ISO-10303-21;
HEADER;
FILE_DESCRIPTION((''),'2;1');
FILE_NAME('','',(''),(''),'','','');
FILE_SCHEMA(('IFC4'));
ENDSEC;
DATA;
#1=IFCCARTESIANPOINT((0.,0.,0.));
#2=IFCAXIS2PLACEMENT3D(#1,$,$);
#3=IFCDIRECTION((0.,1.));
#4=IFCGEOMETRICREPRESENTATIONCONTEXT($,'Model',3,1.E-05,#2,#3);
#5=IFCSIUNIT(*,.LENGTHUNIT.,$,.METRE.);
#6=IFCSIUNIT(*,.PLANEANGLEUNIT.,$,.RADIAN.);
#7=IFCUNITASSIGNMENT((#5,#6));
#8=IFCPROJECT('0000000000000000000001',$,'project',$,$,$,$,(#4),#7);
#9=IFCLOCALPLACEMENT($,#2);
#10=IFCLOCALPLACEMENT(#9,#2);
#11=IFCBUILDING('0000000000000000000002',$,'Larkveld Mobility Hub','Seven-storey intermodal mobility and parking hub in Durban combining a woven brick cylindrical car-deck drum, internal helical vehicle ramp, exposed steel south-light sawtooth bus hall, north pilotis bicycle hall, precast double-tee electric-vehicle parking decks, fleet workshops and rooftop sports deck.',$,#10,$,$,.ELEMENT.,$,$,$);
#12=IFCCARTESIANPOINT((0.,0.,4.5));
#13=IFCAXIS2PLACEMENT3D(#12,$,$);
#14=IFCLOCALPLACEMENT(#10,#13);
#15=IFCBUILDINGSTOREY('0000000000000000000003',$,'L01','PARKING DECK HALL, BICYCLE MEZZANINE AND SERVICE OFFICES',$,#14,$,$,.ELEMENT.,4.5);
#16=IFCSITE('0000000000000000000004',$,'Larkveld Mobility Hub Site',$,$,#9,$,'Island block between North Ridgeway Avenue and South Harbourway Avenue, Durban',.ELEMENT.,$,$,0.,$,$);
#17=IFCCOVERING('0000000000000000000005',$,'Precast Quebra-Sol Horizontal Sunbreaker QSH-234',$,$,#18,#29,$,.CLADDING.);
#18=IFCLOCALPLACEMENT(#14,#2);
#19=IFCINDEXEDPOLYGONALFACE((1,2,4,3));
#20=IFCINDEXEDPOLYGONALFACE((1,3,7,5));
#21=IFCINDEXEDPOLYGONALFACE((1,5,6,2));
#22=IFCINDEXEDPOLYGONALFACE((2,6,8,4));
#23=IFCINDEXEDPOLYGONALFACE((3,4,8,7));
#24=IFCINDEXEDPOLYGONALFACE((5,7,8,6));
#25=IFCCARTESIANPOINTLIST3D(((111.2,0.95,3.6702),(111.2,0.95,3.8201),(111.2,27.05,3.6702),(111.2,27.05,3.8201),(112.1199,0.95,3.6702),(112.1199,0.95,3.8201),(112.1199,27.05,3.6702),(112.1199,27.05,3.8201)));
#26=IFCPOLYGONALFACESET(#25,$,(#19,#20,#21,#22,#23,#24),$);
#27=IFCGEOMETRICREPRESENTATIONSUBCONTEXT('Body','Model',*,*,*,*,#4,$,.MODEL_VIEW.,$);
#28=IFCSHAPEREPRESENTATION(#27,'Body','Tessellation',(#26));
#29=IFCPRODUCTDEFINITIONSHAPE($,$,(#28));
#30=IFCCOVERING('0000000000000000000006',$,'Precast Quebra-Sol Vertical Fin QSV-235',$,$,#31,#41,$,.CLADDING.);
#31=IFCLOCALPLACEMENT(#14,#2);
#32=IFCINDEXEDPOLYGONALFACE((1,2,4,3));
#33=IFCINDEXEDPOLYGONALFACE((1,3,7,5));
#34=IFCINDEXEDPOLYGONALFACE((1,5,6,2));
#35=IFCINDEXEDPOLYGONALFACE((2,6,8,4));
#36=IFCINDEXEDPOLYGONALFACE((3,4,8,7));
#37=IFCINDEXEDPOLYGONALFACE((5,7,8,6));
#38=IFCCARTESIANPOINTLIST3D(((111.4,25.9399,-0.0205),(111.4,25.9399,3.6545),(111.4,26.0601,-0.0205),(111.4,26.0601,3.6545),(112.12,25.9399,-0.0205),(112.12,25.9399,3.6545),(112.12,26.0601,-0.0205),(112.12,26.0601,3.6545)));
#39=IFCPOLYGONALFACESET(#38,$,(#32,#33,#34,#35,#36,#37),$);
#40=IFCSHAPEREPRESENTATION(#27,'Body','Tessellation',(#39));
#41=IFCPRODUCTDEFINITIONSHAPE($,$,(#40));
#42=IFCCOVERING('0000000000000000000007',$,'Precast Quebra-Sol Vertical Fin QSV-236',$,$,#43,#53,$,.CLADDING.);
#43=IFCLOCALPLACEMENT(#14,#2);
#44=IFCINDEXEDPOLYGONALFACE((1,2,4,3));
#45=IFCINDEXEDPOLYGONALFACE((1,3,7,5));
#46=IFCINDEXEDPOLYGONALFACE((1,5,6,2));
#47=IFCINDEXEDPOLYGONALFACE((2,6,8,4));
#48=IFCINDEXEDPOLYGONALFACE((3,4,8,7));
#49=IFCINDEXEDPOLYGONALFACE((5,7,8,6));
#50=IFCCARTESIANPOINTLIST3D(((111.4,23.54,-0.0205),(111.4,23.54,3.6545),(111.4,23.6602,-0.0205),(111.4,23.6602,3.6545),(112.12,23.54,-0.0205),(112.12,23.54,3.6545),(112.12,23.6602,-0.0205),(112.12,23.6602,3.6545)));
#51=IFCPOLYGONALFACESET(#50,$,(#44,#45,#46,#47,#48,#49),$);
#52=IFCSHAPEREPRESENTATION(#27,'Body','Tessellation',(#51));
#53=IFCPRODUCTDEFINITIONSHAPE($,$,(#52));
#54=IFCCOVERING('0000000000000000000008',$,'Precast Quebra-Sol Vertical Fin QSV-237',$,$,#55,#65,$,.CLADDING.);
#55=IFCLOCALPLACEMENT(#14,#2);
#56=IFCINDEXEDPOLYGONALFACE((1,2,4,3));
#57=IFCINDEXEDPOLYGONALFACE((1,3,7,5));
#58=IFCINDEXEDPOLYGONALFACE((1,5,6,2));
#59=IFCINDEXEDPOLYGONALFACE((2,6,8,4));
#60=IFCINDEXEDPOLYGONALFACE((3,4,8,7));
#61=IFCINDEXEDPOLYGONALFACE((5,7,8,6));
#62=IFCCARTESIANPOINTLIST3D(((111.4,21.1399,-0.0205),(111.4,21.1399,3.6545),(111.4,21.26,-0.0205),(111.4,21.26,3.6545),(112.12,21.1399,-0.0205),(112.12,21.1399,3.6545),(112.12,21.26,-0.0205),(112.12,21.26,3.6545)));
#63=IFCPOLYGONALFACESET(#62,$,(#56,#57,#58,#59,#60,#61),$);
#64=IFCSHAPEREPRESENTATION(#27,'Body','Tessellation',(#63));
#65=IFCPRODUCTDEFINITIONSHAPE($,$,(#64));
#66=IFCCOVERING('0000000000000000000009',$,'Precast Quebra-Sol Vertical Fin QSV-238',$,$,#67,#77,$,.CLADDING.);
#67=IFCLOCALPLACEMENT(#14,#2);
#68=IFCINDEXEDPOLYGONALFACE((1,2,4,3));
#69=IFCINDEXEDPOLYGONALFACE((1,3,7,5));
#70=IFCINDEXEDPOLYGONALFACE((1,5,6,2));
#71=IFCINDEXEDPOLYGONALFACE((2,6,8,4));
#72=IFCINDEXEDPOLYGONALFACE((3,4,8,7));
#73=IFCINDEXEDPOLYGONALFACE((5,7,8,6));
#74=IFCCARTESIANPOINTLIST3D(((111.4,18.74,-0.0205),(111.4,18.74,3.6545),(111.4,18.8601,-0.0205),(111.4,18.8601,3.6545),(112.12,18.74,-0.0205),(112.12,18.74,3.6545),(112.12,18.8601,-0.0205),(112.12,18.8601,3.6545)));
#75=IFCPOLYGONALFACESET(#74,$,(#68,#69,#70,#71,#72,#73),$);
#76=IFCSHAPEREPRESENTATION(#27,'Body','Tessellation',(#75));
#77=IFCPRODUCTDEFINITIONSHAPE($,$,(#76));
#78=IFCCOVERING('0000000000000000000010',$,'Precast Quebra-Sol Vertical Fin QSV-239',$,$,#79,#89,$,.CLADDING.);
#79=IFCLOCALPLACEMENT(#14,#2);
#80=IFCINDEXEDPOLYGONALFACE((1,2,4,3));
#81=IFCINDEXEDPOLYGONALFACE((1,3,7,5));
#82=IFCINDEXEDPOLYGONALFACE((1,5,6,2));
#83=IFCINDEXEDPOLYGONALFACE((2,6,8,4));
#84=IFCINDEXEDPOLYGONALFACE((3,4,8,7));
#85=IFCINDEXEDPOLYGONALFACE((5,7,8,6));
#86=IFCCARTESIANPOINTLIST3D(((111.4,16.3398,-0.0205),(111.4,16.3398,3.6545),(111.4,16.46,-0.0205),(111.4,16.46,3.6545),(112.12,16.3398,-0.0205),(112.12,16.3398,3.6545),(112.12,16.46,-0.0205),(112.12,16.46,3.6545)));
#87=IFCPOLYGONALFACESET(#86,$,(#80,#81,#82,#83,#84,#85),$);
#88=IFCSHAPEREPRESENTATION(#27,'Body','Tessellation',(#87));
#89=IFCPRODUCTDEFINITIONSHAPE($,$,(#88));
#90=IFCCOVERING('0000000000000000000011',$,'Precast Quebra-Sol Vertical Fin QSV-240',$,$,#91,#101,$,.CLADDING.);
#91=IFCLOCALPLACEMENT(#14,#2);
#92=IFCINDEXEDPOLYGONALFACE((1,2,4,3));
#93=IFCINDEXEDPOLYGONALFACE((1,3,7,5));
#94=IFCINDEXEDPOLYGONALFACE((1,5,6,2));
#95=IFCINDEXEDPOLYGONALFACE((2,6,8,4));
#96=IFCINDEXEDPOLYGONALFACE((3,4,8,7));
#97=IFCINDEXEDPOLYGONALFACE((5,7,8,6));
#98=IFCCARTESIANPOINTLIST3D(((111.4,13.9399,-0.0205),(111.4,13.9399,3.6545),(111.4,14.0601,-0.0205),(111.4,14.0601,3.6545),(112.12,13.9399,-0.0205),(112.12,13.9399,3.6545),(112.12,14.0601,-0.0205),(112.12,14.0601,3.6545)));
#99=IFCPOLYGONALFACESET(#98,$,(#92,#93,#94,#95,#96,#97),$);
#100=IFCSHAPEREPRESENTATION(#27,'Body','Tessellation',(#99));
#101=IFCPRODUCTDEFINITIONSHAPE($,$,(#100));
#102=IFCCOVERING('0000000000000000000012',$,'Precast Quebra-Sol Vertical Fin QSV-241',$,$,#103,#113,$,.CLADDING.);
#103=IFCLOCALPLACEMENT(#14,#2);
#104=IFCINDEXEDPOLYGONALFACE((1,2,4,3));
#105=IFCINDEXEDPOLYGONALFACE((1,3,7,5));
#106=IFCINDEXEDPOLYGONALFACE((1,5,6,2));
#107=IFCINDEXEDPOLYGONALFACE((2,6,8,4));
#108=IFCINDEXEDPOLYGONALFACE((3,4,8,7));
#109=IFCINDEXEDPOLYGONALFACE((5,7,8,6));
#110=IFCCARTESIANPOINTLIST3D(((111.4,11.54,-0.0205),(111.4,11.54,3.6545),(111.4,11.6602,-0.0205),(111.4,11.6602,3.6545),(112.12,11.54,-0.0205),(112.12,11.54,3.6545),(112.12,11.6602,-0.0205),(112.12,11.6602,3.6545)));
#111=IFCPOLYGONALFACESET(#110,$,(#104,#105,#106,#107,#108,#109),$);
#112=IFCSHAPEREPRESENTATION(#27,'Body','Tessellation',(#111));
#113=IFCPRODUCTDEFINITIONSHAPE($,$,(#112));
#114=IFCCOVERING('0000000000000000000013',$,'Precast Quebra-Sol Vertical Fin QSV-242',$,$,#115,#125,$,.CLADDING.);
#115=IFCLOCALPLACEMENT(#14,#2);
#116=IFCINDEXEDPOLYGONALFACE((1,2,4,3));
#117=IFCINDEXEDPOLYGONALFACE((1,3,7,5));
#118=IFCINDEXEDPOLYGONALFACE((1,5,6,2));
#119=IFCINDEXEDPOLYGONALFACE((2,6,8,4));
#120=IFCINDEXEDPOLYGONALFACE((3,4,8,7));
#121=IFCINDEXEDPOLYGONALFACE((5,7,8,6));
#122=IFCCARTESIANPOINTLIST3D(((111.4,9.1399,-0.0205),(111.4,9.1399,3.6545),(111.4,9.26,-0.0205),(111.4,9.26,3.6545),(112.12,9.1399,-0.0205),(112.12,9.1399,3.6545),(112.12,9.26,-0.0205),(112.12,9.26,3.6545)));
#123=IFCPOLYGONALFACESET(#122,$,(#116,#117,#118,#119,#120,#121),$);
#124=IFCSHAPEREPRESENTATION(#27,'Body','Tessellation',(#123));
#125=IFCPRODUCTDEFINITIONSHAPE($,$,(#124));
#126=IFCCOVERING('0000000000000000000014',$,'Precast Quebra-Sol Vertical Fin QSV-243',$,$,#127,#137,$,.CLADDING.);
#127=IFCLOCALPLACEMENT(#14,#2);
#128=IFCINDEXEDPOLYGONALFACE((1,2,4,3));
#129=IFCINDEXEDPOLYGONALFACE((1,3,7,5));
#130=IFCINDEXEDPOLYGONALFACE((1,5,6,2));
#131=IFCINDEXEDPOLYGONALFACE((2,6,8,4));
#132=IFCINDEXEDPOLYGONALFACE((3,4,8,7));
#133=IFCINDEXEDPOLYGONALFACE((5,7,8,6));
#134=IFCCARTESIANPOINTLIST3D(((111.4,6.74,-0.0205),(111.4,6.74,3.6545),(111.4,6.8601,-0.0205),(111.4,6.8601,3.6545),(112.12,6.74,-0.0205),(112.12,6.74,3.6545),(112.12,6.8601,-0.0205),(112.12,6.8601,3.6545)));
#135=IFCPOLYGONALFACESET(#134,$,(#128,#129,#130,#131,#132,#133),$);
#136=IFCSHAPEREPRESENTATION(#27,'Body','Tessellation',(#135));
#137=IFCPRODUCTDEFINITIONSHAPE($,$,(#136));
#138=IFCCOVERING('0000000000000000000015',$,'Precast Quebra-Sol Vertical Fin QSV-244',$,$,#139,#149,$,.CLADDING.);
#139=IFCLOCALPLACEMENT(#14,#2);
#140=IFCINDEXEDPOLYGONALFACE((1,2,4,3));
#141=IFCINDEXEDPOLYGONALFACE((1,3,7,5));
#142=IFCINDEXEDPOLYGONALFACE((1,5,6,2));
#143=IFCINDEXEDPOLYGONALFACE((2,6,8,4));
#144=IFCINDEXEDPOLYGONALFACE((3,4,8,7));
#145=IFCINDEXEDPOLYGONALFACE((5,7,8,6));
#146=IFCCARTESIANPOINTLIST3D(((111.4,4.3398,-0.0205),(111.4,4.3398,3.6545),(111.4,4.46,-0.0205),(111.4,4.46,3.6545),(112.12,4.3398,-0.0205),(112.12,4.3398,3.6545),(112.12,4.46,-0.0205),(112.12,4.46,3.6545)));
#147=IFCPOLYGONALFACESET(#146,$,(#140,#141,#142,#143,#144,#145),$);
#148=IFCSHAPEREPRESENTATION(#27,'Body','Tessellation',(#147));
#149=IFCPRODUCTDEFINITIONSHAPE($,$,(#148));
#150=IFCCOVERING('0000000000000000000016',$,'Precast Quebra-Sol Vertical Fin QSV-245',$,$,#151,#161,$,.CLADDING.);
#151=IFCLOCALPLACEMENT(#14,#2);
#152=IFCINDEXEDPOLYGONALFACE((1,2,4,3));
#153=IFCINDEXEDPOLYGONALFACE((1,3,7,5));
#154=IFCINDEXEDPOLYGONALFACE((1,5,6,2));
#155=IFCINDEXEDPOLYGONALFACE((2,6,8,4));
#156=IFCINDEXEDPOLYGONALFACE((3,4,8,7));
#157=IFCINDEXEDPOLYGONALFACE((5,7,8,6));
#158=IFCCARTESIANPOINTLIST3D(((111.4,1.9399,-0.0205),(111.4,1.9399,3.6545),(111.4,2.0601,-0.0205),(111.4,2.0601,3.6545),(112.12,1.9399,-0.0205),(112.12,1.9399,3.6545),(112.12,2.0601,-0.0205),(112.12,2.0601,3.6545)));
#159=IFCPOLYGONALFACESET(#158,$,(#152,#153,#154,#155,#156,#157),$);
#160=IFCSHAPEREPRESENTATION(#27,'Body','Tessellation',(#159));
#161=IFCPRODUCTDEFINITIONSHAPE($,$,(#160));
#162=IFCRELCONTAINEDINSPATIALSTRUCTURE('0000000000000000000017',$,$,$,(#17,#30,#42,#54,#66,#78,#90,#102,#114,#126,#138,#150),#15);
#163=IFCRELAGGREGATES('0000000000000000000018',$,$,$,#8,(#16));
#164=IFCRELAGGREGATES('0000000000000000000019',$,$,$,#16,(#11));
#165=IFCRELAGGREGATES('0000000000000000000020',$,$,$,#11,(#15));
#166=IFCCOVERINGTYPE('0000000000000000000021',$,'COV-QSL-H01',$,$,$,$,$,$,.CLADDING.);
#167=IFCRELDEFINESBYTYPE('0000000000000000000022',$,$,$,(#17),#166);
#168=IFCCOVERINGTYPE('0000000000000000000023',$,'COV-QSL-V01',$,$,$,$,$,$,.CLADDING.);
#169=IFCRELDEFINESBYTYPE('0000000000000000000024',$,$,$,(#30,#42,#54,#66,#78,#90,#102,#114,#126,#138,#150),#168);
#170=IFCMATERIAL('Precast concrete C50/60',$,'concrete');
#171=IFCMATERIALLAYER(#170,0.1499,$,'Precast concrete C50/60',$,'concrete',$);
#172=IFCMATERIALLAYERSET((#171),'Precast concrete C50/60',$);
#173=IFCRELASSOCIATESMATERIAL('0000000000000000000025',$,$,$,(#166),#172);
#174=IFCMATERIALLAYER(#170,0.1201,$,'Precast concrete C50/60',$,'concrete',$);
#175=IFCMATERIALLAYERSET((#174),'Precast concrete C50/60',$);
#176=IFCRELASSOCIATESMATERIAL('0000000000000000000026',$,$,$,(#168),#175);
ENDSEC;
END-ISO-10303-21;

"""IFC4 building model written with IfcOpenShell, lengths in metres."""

from ifc_helpers import new_model, si_unit, direction, frame, origin, origin_2d, place, context, subcontext, project, spatial, rectangle, extrude, material, layer, layer_set, type_object, element, save


model = new_model("IFC4")

# Units and contexts
model_context = context("Model", 3, precision=1e-05, world=origin(), true_north=direction((0.0, 1.0)))
body_context = subcontext(model_context, "Body", "Model", "MODEL_VIEW")
ifc_project = project(units=[si_unit("LENGTHUNIT", "METRE"), si_unit("PLANEANGLEUNIT", "RADIAN")], contexts=[model_context])

# Site, building, storey
site_placement = place(None, origin())
site = spatial("IfcSite", under=ifc_project, at=site_placement, Name="Larkveld Mobility Hub Site", LongName="Island block between North Ridgeway Avenue and South Harbourway Avenue, Durban", CompositionType="ELEMENT", RefElevation=0.0)
building_placement = place(site_placement, origin())
building = spatial("IfcBuilding", under=site, at=building_placement, Name="Larkveld Mobility Hub", Description="Seven-storey intermodal mobility and parking hub in Durban combining a woven brick cylindrical car-deck drum, internal helical vehicle ramp, exposed steel south-light sawtooth bus hall, north pilotis bicycle hall, precast double-tee electric-vehicle parking decks, fleet workshops and rooftop sports deck.", CompositionType="ELEMENT")
storey_placement = place(building_placement, frame((0.0, 0.0, 4.5)))
storey = spatial("IfcBuildingStorey", under=building, at=storey_placement, Name="L01", Description="PARKING DECK HALL, BICYCLE MEZZANINE AND SERVICE OFFICES", CompositionType="ELEMENT", Elevation=4.5)

# Shared definitions
ifc_material_1 = material(Name="Precast concrete C50/60", Category="concrete")

# Coverings
ifc_layer_1 = layer(ifc_material_1, 0.1499, Name="Precast concrete C50/60", Category="concrete")
ifc_layer_set_1 = layer_set([ifc_layer_1], Name="Precast concrete C50/60")
covering_type_1 = type_object("IfcCoveringType", Name="COV-QSL-H01", PredefinedType="CLADDING", material=ifc_layer_set_1)
covering_placement = place(storey_placement, frame((111.6599, 14.0, 3.6702), z_axis=(0.0, 0.0, 1.0), x_axis=(0.0, -1.0, 0.0)))
element("IfcCovering", 1, at=covering_placement, inside=storey, type_object=covering_type_1, Name="Precast Quebra-Sol Horizontal Sunbreaker QSH-234", PredefinedType="CLADDING", context=body_context, shape_type="SweptSolid", body=[
    extrude(rectangle(XDim=26.1001, YDim=0.9199, at=origin_2d()), origin(), (0.0, 0.0, 1.0), 0.1499),
])
ifc_layer_2 = layer(ifc_material_1, 0.1201, Name="Precast concrete C50/60", Category="concrete")
ifc_layer_set_2 = layer_set([ifc_layer_2], Name="Precast concrete C50/60")
covering_type_2 = type_object("IfcCoveringType", Name="COV-QSL-V01", PredefinedType="CLADDING", material=ifc_layer_set_2)
for number, where, z_axis, x_axis, name in (
    (2, (111.76, 26.0, -0.0205), (0.0, 0.0, 1.0), (0.0, -1.0, 0.0), "Precast Quebra-Sol Vertical Fin QSV-235"),
    (3, (111.76, 23.6001, -0.0205), (0.0, 0.0, 1.0), (0.0, -1.0, 0.0), "Precast Quebra-Sol Vertical Fin QSV-236"),
    (4, (111.76, 21.2, -0.0205), (0.0, 0.0, 1.0), (0.0, -1.0, 0.0), "Precast Quebra-Sol Vertical Fin QSV-237"),
    (5, (111.76, 18.8, -0.0205), (0.0, 0.0, 1.0), (0.0, -1.0, 0.0), "Precast Quebra-Sol Vertical Fin QSV-238"),
    (6, (111.76, 16.3999, -0.0205), (0.0, 0.0, 1.0), (0.0, -1.0, 0.0), "Precast Quebra-Sol Vertical Fin QSV-239"),
    (7, (111.76, 14.0, -0.0205), (0.0, 0.0, 1.0), (0.0, -1.0, 0.0), "Precast Quebra-Sol Vertical Fin QSV-240"),
    (8, (111.76, 11.6001, -0.0205), (0.0, 0.0, 1.0), (0.0, -1.0, 0.0), "Precast Quebra-Sol Vertical Fin QSV-241"),
    (9, (111.76, 9.2, -0.0205), (0.0, 0.0, 1.0), (0.0, -1.0, 0.0), "Precast Quebra-Sol Vertical Fin QSV-242"),
    (10, (111.76, 6.8, -0.0205), (0.0, 0.0, 1.0), (0.0, -1.0, 0.0), "Precast Quebra-Sol Vertical Fin QSV-243"),
    (11, (111.76, 4.3999, -0.0205), (0.0, 0.0, 1.0), (0.0, -1.0, 0.0), "Precast Quebra-Sol Vertical Fin QSV-244"),
    (12, (111.76, 2.0, -0.0205), (0.0, 0.0, 1.0), (0.0, -1.0, 0.0), "Precast Quebra-Sol Vertical Fin QSV-245"),
):
    element("IfcCovering", number, at=place(storey_placement, frame(where, z_axis=z_axis, x_axis=x_axis)), inside=storey, type_object=covering_type_2, Name=name, PredefinedType="CLADDING", context=body_context, shape_type="SweptSolid", body=[
        extrude(rectangle(XDim=0.1201, YDim=0.72, at=origin_2d()), origin(), (0.0, 0.0, 1.0), 3.675),
    ])

save(model, "model.ifc")
